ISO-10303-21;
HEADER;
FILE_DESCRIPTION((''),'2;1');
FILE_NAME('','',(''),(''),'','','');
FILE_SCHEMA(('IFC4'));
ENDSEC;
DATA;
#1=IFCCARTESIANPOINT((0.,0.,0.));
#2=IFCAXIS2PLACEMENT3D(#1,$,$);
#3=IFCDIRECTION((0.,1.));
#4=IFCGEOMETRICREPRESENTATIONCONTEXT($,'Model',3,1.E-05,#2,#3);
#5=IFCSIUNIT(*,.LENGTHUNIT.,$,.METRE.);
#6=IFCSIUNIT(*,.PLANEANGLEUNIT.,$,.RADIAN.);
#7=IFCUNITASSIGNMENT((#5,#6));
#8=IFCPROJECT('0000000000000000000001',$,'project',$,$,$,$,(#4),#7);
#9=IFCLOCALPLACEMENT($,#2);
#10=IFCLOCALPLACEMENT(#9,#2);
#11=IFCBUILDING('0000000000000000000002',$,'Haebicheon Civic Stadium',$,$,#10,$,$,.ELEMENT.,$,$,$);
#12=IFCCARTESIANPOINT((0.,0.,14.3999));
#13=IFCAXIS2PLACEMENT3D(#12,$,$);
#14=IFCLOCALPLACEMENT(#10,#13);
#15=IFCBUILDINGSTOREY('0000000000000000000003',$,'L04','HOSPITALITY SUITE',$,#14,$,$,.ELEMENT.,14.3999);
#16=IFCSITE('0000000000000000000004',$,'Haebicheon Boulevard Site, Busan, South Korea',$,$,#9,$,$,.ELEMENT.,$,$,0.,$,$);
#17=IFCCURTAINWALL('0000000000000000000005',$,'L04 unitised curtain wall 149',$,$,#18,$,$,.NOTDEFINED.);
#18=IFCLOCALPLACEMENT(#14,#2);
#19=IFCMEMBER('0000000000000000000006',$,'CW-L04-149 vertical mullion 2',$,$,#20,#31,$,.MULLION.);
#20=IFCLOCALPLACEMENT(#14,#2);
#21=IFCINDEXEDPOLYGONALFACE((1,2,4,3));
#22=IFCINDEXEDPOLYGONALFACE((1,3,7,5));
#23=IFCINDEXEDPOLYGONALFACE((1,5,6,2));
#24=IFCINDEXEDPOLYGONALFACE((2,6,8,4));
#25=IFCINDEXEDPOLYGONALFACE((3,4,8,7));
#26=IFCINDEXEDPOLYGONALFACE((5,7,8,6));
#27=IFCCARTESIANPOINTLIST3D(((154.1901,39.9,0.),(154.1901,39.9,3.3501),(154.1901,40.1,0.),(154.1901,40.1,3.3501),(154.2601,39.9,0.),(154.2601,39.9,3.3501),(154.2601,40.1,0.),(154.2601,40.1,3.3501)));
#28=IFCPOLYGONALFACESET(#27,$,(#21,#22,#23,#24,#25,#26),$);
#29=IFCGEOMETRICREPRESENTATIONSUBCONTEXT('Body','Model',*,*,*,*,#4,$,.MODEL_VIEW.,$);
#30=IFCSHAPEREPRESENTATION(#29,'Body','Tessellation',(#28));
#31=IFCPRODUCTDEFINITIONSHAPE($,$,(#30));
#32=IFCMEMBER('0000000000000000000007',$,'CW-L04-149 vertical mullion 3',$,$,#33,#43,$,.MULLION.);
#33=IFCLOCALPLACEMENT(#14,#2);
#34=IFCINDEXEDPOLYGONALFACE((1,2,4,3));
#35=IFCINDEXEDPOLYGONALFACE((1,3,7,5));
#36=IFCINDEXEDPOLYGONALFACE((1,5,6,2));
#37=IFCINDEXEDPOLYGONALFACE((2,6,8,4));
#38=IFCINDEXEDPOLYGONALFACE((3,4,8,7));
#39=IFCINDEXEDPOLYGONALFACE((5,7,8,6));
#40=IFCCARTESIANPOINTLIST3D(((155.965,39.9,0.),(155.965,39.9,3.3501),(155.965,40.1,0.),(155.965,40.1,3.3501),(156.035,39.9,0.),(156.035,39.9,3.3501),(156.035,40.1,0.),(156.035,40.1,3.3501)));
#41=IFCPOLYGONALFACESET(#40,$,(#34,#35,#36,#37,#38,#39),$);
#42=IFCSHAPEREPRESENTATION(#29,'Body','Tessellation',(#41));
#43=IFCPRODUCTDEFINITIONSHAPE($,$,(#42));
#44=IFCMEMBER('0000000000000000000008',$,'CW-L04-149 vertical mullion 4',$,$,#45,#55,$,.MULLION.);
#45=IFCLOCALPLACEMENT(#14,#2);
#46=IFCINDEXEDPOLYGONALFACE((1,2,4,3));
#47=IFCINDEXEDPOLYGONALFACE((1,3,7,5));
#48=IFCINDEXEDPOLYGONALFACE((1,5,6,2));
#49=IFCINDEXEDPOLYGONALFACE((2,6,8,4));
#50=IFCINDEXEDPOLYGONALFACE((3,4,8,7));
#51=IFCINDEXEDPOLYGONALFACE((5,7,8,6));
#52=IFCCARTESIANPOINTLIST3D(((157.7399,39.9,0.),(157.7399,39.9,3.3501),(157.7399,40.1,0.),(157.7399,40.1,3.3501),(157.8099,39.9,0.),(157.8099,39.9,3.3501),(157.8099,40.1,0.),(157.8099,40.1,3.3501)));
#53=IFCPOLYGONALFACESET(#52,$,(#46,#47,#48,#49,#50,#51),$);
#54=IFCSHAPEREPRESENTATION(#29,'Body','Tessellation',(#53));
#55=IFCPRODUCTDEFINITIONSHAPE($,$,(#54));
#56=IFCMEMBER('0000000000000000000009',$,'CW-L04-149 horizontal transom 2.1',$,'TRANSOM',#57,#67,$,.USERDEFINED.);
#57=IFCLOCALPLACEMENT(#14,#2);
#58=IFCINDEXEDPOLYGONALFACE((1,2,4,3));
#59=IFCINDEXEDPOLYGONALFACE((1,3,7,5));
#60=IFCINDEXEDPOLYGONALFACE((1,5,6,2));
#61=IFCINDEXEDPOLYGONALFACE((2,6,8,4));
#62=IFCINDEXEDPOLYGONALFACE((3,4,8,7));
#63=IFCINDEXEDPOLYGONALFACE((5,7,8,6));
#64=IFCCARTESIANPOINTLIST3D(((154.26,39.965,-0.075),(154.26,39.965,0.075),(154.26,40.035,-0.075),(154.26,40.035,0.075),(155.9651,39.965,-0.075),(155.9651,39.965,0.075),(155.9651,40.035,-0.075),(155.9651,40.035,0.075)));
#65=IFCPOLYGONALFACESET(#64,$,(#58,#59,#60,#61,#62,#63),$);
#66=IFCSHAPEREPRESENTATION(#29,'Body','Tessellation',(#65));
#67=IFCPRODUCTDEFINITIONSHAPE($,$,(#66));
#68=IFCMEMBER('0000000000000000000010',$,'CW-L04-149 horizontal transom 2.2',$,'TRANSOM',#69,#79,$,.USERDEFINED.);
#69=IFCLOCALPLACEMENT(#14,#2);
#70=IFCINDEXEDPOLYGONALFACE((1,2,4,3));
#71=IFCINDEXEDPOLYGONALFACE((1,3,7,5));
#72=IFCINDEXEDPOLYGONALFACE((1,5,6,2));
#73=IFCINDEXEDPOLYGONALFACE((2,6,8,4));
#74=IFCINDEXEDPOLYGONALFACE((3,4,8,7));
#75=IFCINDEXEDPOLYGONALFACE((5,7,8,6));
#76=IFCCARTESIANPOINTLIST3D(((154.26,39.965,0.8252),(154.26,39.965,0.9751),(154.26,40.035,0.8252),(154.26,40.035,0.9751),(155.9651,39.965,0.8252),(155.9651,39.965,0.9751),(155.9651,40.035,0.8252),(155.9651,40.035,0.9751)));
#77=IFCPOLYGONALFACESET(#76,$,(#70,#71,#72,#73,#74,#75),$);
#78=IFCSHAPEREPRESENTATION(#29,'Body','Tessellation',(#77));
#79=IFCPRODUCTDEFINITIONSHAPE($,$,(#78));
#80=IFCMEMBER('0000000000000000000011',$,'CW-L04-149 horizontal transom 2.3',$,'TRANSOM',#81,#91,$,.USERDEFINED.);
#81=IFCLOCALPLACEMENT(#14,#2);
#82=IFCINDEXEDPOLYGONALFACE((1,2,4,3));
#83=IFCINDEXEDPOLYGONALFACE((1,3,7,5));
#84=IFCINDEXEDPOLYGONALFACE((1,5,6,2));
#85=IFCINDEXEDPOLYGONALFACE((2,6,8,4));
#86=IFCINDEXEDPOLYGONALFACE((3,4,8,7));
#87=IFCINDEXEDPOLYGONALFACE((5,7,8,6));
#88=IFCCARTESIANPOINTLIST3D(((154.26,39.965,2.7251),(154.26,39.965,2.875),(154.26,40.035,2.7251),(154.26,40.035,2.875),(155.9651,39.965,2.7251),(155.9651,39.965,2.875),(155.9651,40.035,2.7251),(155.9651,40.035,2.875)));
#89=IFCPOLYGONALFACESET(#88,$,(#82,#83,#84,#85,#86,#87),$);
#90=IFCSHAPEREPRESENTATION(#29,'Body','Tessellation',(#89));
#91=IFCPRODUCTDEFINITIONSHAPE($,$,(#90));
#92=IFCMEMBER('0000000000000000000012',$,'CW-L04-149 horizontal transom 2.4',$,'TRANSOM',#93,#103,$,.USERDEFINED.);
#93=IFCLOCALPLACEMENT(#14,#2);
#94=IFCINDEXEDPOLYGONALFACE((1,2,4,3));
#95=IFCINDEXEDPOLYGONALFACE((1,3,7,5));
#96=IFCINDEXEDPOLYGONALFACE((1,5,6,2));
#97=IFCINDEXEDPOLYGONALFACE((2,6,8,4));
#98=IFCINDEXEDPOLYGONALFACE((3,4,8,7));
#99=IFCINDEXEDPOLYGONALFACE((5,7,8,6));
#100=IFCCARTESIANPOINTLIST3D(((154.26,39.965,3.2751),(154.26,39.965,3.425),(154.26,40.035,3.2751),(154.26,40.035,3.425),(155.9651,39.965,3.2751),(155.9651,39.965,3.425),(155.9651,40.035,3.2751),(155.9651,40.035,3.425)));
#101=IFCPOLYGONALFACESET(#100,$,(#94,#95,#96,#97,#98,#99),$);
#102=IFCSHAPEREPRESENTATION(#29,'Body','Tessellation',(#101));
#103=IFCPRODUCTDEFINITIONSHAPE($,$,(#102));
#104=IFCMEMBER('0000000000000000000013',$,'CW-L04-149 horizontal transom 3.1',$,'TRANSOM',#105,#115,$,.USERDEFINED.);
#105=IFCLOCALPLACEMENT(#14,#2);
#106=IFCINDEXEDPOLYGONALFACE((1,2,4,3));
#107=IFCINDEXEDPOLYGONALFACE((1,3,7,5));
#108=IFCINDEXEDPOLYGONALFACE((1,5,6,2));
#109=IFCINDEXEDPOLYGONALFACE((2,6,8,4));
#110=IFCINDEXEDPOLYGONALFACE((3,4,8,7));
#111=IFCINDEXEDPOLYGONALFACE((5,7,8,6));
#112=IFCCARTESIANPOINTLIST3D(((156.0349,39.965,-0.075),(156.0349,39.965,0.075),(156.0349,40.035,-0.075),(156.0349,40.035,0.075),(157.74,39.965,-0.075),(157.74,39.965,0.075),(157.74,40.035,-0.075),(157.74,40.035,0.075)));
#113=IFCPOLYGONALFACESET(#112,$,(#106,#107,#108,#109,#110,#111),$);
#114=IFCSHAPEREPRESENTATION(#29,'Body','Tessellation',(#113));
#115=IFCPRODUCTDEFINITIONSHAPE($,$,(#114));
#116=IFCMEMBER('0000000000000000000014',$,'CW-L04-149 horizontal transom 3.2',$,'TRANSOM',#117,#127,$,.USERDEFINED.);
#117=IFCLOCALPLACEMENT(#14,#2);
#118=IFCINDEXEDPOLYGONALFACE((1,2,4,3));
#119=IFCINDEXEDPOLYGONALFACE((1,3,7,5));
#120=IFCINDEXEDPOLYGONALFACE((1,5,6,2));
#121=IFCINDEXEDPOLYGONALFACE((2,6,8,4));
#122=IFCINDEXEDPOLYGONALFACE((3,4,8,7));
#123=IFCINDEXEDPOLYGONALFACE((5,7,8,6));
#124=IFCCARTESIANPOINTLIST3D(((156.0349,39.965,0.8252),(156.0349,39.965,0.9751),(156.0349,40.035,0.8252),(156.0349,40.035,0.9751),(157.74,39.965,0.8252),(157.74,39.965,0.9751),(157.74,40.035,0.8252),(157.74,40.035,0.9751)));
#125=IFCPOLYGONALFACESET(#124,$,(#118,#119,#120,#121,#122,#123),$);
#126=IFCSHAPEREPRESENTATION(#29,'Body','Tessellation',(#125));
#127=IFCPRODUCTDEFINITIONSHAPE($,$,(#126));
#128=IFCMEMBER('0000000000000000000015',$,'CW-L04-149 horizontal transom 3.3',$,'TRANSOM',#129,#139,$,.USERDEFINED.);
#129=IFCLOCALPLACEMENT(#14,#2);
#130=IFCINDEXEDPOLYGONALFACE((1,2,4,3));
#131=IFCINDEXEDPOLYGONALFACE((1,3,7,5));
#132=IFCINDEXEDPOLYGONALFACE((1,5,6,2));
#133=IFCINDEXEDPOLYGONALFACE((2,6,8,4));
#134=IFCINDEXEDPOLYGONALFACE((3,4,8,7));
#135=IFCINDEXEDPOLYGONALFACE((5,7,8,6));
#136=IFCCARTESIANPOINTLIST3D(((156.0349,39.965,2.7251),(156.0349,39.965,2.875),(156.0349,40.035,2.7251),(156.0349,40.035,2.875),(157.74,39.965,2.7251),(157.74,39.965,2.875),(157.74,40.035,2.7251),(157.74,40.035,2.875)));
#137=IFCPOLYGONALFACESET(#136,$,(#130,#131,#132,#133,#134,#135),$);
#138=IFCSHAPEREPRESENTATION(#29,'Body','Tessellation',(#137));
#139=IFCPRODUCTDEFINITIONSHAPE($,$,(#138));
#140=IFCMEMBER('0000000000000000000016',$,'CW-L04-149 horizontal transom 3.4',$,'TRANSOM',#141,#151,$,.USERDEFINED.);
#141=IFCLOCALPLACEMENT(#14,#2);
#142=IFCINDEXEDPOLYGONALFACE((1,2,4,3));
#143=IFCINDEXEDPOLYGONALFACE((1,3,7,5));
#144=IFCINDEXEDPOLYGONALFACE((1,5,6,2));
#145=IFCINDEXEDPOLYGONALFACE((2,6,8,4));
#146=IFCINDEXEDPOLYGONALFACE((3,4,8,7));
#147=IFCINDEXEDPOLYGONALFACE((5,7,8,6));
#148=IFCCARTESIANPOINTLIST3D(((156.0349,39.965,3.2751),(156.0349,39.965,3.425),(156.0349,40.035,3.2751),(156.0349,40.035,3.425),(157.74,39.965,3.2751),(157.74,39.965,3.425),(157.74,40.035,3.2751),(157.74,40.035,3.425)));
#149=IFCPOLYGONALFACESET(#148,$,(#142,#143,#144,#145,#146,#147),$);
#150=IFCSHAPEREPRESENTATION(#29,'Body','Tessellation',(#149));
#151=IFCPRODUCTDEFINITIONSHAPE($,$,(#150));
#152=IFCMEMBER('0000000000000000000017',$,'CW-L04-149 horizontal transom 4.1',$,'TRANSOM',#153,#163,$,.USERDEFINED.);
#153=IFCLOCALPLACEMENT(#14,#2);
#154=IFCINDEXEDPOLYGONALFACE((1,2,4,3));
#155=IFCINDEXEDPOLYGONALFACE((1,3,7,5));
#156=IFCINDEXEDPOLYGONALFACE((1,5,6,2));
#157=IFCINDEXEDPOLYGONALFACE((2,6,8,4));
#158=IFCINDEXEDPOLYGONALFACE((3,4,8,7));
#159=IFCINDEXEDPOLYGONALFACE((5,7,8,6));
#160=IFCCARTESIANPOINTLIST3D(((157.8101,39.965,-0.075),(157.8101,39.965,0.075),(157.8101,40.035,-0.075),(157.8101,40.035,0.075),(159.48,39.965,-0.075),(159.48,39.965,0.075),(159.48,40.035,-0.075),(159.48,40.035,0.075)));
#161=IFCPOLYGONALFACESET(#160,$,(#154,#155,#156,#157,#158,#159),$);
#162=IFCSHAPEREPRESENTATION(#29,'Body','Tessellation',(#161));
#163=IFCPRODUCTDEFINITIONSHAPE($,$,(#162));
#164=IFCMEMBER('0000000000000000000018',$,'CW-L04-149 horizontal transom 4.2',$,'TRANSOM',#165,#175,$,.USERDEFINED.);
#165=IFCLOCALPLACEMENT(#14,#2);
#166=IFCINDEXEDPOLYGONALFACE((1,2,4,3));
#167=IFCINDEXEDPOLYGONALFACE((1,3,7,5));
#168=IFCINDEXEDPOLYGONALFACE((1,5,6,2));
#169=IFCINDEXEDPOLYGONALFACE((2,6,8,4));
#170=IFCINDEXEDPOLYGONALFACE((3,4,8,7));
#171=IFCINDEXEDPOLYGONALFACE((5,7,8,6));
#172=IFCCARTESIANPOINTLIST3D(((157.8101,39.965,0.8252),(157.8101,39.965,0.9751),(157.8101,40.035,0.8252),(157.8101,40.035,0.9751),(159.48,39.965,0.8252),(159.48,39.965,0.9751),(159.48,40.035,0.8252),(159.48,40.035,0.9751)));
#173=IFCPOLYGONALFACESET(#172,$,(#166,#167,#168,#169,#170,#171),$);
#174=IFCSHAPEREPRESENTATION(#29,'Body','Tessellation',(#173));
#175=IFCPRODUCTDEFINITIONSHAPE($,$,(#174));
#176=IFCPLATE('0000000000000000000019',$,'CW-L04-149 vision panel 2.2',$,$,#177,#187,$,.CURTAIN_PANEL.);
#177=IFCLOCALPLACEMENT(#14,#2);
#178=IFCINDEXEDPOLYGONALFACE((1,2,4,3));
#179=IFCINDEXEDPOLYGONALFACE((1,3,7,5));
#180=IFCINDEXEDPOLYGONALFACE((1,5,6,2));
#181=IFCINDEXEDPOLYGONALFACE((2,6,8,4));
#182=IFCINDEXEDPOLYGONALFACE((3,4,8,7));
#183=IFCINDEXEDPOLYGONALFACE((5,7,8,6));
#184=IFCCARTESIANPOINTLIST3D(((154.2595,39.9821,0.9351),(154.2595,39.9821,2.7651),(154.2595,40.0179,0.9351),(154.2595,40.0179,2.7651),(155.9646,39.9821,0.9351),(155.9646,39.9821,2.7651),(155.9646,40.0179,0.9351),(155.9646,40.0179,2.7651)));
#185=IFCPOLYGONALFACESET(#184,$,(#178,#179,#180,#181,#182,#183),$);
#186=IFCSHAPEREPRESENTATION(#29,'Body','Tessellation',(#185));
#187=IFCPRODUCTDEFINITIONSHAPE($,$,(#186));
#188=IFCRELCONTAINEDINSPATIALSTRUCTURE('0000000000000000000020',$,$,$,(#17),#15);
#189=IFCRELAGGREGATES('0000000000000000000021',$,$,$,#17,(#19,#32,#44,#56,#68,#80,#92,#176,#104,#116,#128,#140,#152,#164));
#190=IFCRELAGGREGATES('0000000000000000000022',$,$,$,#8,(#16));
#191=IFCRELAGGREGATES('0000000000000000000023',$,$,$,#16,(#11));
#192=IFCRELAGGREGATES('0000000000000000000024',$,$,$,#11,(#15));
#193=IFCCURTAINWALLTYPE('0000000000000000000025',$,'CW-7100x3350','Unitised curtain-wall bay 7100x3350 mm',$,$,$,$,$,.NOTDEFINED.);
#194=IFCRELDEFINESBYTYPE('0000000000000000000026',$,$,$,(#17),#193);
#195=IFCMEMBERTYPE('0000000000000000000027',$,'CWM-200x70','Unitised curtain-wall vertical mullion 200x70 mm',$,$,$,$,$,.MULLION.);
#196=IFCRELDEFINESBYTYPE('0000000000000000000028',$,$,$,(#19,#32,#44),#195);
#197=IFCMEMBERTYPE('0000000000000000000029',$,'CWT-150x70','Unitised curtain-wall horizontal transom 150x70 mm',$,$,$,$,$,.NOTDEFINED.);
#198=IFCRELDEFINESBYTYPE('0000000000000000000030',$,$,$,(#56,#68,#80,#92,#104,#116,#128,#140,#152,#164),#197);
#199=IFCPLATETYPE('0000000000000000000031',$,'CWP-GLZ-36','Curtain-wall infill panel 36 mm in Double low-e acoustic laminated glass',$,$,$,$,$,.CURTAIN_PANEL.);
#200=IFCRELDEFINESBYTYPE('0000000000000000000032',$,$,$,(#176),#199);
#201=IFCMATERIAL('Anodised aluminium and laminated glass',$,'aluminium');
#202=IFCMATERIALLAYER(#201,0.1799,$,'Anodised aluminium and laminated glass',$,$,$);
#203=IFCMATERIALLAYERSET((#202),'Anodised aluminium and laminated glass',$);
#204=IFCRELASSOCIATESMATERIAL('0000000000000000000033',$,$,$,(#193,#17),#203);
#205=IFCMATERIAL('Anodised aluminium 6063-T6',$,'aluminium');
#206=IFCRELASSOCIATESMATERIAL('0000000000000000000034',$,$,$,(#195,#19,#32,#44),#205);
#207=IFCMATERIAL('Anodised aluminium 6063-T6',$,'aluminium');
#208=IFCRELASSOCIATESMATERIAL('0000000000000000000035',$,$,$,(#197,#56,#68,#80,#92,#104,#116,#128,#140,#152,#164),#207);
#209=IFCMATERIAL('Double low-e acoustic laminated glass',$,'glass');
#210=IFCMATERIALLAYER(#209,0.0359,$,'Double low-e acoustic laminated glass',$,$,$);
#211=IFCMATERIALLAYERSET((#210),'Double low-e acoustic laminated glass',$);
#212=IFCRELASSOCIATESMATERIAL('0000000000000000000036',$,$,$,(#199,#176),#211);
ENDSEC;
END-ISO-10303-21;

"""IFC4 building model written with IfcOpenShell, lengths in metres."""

from ifc_helpers import new_model, si_unit, direction, frame, origin, origin_2d, place, context, subcontext, project, spatial, rectangle, extrude, material, layer, layer_set, material_profile, profile_set, type_object, element, aggregate, save


model = new_model("IFC4")

# Units and contexts
model_context = context("Model", 3, precision=1e-05, world=origin(), true_north=direction((0.0, 1.0)))
body_context = subcontext(model_context, "Body", "Model", "MODEL_VIEW")
ifc_project = project(units=[si_unit("LENGTHUNIT", "METRE"), si_unit("PLANEANGLEUNIT", "RADIAN")], contexts=[model_context])

# Site, building, storey
site_placement = place(None, origin())
site = spatial("IfcSite", under=ifc_project, at=site_placement, Name="Haebicheon Boulevard Site, Busan, South Korea", CompositionType="ELEMENT", RefElevation=0.0)
building_placement = place(site_placement, origin())
building = spatial("IfcBuilding", under=site, at=building_placement, Name="Haebicheon Civic Stadium", CompositionType="ELEMENT")
storey_placement = place(building_placement, frame((0.0, 0.0, 14.3999)))
storey = spatial("IfcBuildingStorey", under=building, at=storey_placement, Name="L04", Description="HOSPITALITY SUITE", CompositionType="ELEMENT", Elevation=14.3999)

# Curtain wall, members, plate
ifc_material_1 = material(Name="Anodised aluminium and laminated glass", Category="aluminium")
ifc_layer_1 = layer(ifc_material_1, 0.1799, Name="Anodised aluminium and laminated glass")
ifc_layer_set_1 = layer_set([ifc_layer_1], Name="Anodised aluminium and laminated glass")
curtain_wall_type = type_object("IfcCurtainWallType", Name="CW-7100x3350", Description="Unitised curtain-wall bay 7100x3350 mm", PredefinedType="NOTDEFINED", material=ifc_layer_set_1)
curtain_wall_placement = place(storey_placement, origin())
curtain_wall = element("IfcCurtainWall", 1, at=curtain_wall_placement, inside=storey, type_object=curtain_wall_type, material=ifc_layer_set_1, Name="L04 unitised curtain wall 149", PredefinedType="NOTDEFINED")
ifc_material_2 = material(Name="Anodised aluminium 6063-T6", Category="aluminium")
ifc_material_profile_1 = material_profile(ifc_material_2, rectangle(XDim=0.0701, YDim=0.2, at=origin_2d()), Name="ALU-MULL-70x200")
ifc_profile_set_1 = profile_set([ifc_material_profile_1], Name="Anodised aluminium 6063-T6")
member_type_1 = type_object("IfcMemberType", Name="CWM-200x70", Description="Unitised curtain-wall vertical mullion 200x70 mm", PredefinedType="MULLION", material=ifc_profile_set_1)
member_1_placement = place(storey_placement, frame((154.2251, 40.0, 0.0), z_axis=(0.0, 0.0, 1.0), x_axis=(1.0, 0.0, 0.0)))
member_1 = element("IfcMember", 2, at=member_1_placement, type_object=member_type_1, material=ifc_profile_set_1, Name="CW-L04-149 vertical mullion 2", PredefinedType="MULLION", context=body_context, shape_type="SweptSolid", body=[
    extrude(rectangle(XDim=0.0701, YDim=0.2, at=origin_2d()), origin(), (0.0, 0.0, 1.0), 3.3501),
])
member_2_placement = place(storey_placement, frame((156.0, 40.0, 0.0), z_axis=(0.0, 0.0, 1.0), x_axis=(1.0, 0.0, 0.0)))
member_2 = element("IfcMember", 3, at=member_2_placement, type_object=member_type_1, material=ifc_profile_set_1, Name="CW-L04-149 vertical mullion 3", PredefinedType="MULLION", context=body_context, shape_type="SweptSolid", body=[
    extrude(rectangle(XDim=0.0701, YDim=0.2, at=origin_2d()), origin(), (0.0, 0.0, 1.0), 3.3501),
])
member_3_placement = place(storey_placement, frame((157.7749, 40.0, 0.0), z_axis=(0.0, 0.0, 1.0), x_axis=(1.0, 0.0, 0.0)))
member_3 = element("IfcMember", 4, at=member_3_placement, type_object=member_type_1, material=ifc_profile_set_1, Name="CW-L04-149 vertical mullion 4", PredefinedType="MULLION", context=body_context, shape_type="SweptSolid", body=[
    extrude(rectangle(XDim=0.0701, YDim=0.2, at=origin_2d()), origin(), (0.0, 0.0, 1.0), 3.3501),
])
ifc_material_3 = material(Name="Anodised aluminium 6063-T6", Category="aluminium")
ifc_material_profile_2 = material_profile(ifc_material_3, rectangle(XDim=0.0701, YDim=0.1499, at=origin_2d()), Name="ALU-TRAN-70x150")
ifc_profile_set_2 = profile_set([ifc_material_profile_2], Name="Anodised aluminium 6063-T6")
member_type_2 = type_object("IfcMemberType", Name="CWT-150x70", Description="Unitised curtain-wall horizontal transom 150x70 mm", PredefinedType="NOTDEFINED", material=ifc_profile_set_2)
member_4_placement = place(storey_placement, frame((154.26, 40.0, 0.0), z_axis=(1.0, 0.0, 0.0), x_axis=(0.0, 1.0, 0.0)))
member_4 = element("IfcMember", 5, at=member_4_placement, type_object=member_type_2, material=ifc_profile_set_2, Name="CW-L04-149 horizontal transom 2.1", ObjectType="TRANSOM", PredefinedType="USERDEFINED", context=body_context, shape_type="SweptSolid", body=[
    extrude(rectangle(XDim=0.0701, YDim=0.1499, at=origin_2d()), origin(), (0.0, 0.0, 1.0), 1.7051),
])
member_5_placement = place(storey_placement, frame((154.26, 40.0, 0.9001), z_axis=(1.0, 0.0, 0.0), x_axis=(0.0, 1.0, 0.0)))
member_5 = element("IfcMember", 6, at=member_5_placement, type_object=member_type_2, material=ifc_profile_set_2, Name="CW-L04-149 horizontal transom 2.2", ObjectType="TRANSOM", PredefinedType="USERDEFINED", context=body_context, shape_type="SweptSolid", body=[
    extrude(rectangle(XDim=0.0701, YDim=0.1499, at=origin_2d()), origin(), (0.0, 0.0, 1.0), 1.7051),
])
member_6_placement = place(storey_placement, frame((154.26, 40.0, 2.8), z_axis=(1.0, 0.0, 0.0), x_axis=(0.0, 1.0, 0.0)))
member_6 = element("IfcMember", 7, at=member_6_placement, type_object=member_type_2, material=ifc_profile_set_2, Name="CW-L04-149 horizontal transom 2.3", ObjectType="TRANSOM", PredefinedType="USERDEFINED", context=body_context, shape_type="SweptSolid", body=[
    extrude(rectangle(XDim=0.0701, YDim=0.1499, at=origin_2d()), origin(), (0.0, 0.0, 1.0), 1.7051),
])
member_7_placement = place(storey_placement, frame((154.26, 40.0, 3.3501), z_axis=(1.0, 0.0, 0.0), x_axis=(0.0, 1.0, 0.0)))
member_7 = element("IfcMember", 8, at=member_7_placement, type_object=member_type_2, material=ifc_profile_set_2, Name="CW-L04-149 horizontal transom 2.4", ObjectType="TRANSOM", PredefinedType="USERDEFINED", context=body_context, shape_type="SweptSolid", body=[
    extrude(rectangle(XDim=0.0701, YDim=0.1499, at=origin_2d()), origin(), (0.0, 0.0, 1.0), 1.7051),
])
member_8_placement = place(storey_placement, frame((156.0349, 40.0, 0.0), z_axis=(1.0, 0.0, 0.0), x_axis=(0.0, 1.0, 0.0)))
member_8 = element("IfcMember", 9, at=member_8_placement, type_object=member_type_2, material=ifc_profile_set_2, Name="CW-L04-149 horizontal transom 3.1", ObjectType="TRANSOM", PredefinedType="USERDEFINED", context=body_context, shape_type="SweptSolid", body=[
    extrude(rectangle(XDim=0.0701, YDim=0.1499, at=origin_2d()), origin(), (0.0, 0.0, 1.0), 1.7051),
])
member_9_placement = place(storey_placement, frame((156.0349, 40.0, 0.9001), z_axis=(1.0, 0.0, 0.0), x_axis=(0.0, 1.0, 0.0)))
member_9 = element("IfcMember", 10, at=member_9_placement, type_object=member_type_2, material=ifc_profile_set_2, Name="CW-L04-149 horizontal transom 3.2", ObjectType="TRANSOM", PredefinedType="USERDEFINED", context=body_context, shape_type="SweptSolid", body=[
    extrude(rectangle(XDim=0.0701, YDim=0.1499, at=origin_2d()), origin(), (0.0, 0.0, 1.0), 1.7051),
])
member_10_placement = place(storey_placement, frame((156.0349, 40.0, 2.8), z_axis=(1.0, 0.0, 0.0), x_axis=(0.0, 1.0, 0.0)))
member_10 = element("IfcMember", 11, at=member_10_placement, type_object=member_type_2, material=ifc_profile_set_2, Name="CW-L04-149 horizontal transom 3.3", ObjectType="TRANSOM", PredefinedType="USERDEFINED", context=body_context, shape_type="SweptSolid", body=[
    extrude(rectangle(XDim=0.0701, YDim=0.1499, at=origin_2d()), origin(), (0.0, 0.0, 1.0), 1.7051),
])
member_11_placement = place(storey_placement, frame((156.0349, 40.0, 3.3501), z_axis=(1.0, 0.0, 0.0), x_axis=(0.0, 1.0, 0.0)))
member_11 = element("IfcMember", 12, at=member_11_placement, type_object=member_type_2, material=ifc_profile_set_2, Name="CW-L04-149 horizontal transom 3.4", ObjectType="TRANSOM", PredefinedType="USERDEFINED", context=body_context, shape_type="SweptSolid", body=[
    extrude(rectangle(XDim=0.0701, YDim=0.1499, at=origin_2d()), origin(), (0.0, 0.0, 1.0), 1.7051),
])
member_12_placement = place(storey_placement, frame((157.8101, 40.0, 0.0), z_axis=(1.0, 0.0, 0.0), x_axis=(0.0, 1.0, 0.0)))
member_12 = element("IfcMember", 13, at=member_12_placement, type_object=member_type_2, material=ifc_profile_set_2, Name="CW-L04-149 horizontal transom 4.1", ObjectType="TRANSOM", PredefinedType="USERDEFINED", context=body_context, shape_type="SweptSolid", body=[
    extrude(rectangle(XDim=0.0701, YDim=0.1499, at=origin_2d()), origin(), (0.0, 0.0, 1.0), 1.6699),
])
member_13_placement = place(storey_placement, frame((157.8101, 40.0, 0.9001), z_axis=(1.0, 0.0, 0.0), x_axis=(0.0, 1.0, 0.0)))
member_13 = element("IfcMember", 14, at=member_13_placement, type_object=member_type_2, material=ifc_profile_set_2, Name="CW-L04-149 horizontal transom 4.2", ObjectType="TRANSOM", PredefinedType="USERDEFINED", context=body_context, shape_type="SweptSolid", body=[
    extrude(rectangle(XDim=0.0701, YDim=0.1499, at=origin_2d()), origin(), (0.0, 0.0, 1.0), 1.6699),
])
ifc_material_4 = material(Name="Double low-e acoustic laminated glass", Category="glass")
ifc_layer_2 = layer(ifc_material_4, 0.0359, Name="Double low-e acoustic laminated glass")
ifc_layer_set_2 = layer_set([ifc_layer_2], Name="Double low-e acoustic laminated glass")
plate_type_1 = type_object("IfcPlateType", Name="CWP-GLZ-36", Description="Curtain-wall infill panel 36 mm in Double low-e acoustic laminated glass", PredefinedType="CURTAIN_PANEL", material=ifc_layer_set_2)
plate_1_placement = place(storey_placement, frame((155.1121, 40.0, 0.9351), z_axis=(0.0, 0.0, 1.0), x_axis=(1.0, 0.0, 0.0)))
plate_1 = element("IfcPlate", 15, at=plate_1_placement, type_object=plate_type_1, material=ifc_layer_set_2, Name="CW-L04-149 vision panel 2.2", PredefinedType="CURTAIN_PANEL", context=body_context, shape_type="SweptSolid", body=[
    extrude(rectangle(XDim=1.7051, YDim=0.0359, at=origin_2d()), origin(), (0.0, 0.0, 1.0), 1.8301),
])
aggregate(curtain_wall, [member_1, member_2, member_3, member_4, member_5, member_6, member_7, plate_1, member_8, member_9, member_10, member_11, member_12, member_13])

save(model, "model.ifc")
